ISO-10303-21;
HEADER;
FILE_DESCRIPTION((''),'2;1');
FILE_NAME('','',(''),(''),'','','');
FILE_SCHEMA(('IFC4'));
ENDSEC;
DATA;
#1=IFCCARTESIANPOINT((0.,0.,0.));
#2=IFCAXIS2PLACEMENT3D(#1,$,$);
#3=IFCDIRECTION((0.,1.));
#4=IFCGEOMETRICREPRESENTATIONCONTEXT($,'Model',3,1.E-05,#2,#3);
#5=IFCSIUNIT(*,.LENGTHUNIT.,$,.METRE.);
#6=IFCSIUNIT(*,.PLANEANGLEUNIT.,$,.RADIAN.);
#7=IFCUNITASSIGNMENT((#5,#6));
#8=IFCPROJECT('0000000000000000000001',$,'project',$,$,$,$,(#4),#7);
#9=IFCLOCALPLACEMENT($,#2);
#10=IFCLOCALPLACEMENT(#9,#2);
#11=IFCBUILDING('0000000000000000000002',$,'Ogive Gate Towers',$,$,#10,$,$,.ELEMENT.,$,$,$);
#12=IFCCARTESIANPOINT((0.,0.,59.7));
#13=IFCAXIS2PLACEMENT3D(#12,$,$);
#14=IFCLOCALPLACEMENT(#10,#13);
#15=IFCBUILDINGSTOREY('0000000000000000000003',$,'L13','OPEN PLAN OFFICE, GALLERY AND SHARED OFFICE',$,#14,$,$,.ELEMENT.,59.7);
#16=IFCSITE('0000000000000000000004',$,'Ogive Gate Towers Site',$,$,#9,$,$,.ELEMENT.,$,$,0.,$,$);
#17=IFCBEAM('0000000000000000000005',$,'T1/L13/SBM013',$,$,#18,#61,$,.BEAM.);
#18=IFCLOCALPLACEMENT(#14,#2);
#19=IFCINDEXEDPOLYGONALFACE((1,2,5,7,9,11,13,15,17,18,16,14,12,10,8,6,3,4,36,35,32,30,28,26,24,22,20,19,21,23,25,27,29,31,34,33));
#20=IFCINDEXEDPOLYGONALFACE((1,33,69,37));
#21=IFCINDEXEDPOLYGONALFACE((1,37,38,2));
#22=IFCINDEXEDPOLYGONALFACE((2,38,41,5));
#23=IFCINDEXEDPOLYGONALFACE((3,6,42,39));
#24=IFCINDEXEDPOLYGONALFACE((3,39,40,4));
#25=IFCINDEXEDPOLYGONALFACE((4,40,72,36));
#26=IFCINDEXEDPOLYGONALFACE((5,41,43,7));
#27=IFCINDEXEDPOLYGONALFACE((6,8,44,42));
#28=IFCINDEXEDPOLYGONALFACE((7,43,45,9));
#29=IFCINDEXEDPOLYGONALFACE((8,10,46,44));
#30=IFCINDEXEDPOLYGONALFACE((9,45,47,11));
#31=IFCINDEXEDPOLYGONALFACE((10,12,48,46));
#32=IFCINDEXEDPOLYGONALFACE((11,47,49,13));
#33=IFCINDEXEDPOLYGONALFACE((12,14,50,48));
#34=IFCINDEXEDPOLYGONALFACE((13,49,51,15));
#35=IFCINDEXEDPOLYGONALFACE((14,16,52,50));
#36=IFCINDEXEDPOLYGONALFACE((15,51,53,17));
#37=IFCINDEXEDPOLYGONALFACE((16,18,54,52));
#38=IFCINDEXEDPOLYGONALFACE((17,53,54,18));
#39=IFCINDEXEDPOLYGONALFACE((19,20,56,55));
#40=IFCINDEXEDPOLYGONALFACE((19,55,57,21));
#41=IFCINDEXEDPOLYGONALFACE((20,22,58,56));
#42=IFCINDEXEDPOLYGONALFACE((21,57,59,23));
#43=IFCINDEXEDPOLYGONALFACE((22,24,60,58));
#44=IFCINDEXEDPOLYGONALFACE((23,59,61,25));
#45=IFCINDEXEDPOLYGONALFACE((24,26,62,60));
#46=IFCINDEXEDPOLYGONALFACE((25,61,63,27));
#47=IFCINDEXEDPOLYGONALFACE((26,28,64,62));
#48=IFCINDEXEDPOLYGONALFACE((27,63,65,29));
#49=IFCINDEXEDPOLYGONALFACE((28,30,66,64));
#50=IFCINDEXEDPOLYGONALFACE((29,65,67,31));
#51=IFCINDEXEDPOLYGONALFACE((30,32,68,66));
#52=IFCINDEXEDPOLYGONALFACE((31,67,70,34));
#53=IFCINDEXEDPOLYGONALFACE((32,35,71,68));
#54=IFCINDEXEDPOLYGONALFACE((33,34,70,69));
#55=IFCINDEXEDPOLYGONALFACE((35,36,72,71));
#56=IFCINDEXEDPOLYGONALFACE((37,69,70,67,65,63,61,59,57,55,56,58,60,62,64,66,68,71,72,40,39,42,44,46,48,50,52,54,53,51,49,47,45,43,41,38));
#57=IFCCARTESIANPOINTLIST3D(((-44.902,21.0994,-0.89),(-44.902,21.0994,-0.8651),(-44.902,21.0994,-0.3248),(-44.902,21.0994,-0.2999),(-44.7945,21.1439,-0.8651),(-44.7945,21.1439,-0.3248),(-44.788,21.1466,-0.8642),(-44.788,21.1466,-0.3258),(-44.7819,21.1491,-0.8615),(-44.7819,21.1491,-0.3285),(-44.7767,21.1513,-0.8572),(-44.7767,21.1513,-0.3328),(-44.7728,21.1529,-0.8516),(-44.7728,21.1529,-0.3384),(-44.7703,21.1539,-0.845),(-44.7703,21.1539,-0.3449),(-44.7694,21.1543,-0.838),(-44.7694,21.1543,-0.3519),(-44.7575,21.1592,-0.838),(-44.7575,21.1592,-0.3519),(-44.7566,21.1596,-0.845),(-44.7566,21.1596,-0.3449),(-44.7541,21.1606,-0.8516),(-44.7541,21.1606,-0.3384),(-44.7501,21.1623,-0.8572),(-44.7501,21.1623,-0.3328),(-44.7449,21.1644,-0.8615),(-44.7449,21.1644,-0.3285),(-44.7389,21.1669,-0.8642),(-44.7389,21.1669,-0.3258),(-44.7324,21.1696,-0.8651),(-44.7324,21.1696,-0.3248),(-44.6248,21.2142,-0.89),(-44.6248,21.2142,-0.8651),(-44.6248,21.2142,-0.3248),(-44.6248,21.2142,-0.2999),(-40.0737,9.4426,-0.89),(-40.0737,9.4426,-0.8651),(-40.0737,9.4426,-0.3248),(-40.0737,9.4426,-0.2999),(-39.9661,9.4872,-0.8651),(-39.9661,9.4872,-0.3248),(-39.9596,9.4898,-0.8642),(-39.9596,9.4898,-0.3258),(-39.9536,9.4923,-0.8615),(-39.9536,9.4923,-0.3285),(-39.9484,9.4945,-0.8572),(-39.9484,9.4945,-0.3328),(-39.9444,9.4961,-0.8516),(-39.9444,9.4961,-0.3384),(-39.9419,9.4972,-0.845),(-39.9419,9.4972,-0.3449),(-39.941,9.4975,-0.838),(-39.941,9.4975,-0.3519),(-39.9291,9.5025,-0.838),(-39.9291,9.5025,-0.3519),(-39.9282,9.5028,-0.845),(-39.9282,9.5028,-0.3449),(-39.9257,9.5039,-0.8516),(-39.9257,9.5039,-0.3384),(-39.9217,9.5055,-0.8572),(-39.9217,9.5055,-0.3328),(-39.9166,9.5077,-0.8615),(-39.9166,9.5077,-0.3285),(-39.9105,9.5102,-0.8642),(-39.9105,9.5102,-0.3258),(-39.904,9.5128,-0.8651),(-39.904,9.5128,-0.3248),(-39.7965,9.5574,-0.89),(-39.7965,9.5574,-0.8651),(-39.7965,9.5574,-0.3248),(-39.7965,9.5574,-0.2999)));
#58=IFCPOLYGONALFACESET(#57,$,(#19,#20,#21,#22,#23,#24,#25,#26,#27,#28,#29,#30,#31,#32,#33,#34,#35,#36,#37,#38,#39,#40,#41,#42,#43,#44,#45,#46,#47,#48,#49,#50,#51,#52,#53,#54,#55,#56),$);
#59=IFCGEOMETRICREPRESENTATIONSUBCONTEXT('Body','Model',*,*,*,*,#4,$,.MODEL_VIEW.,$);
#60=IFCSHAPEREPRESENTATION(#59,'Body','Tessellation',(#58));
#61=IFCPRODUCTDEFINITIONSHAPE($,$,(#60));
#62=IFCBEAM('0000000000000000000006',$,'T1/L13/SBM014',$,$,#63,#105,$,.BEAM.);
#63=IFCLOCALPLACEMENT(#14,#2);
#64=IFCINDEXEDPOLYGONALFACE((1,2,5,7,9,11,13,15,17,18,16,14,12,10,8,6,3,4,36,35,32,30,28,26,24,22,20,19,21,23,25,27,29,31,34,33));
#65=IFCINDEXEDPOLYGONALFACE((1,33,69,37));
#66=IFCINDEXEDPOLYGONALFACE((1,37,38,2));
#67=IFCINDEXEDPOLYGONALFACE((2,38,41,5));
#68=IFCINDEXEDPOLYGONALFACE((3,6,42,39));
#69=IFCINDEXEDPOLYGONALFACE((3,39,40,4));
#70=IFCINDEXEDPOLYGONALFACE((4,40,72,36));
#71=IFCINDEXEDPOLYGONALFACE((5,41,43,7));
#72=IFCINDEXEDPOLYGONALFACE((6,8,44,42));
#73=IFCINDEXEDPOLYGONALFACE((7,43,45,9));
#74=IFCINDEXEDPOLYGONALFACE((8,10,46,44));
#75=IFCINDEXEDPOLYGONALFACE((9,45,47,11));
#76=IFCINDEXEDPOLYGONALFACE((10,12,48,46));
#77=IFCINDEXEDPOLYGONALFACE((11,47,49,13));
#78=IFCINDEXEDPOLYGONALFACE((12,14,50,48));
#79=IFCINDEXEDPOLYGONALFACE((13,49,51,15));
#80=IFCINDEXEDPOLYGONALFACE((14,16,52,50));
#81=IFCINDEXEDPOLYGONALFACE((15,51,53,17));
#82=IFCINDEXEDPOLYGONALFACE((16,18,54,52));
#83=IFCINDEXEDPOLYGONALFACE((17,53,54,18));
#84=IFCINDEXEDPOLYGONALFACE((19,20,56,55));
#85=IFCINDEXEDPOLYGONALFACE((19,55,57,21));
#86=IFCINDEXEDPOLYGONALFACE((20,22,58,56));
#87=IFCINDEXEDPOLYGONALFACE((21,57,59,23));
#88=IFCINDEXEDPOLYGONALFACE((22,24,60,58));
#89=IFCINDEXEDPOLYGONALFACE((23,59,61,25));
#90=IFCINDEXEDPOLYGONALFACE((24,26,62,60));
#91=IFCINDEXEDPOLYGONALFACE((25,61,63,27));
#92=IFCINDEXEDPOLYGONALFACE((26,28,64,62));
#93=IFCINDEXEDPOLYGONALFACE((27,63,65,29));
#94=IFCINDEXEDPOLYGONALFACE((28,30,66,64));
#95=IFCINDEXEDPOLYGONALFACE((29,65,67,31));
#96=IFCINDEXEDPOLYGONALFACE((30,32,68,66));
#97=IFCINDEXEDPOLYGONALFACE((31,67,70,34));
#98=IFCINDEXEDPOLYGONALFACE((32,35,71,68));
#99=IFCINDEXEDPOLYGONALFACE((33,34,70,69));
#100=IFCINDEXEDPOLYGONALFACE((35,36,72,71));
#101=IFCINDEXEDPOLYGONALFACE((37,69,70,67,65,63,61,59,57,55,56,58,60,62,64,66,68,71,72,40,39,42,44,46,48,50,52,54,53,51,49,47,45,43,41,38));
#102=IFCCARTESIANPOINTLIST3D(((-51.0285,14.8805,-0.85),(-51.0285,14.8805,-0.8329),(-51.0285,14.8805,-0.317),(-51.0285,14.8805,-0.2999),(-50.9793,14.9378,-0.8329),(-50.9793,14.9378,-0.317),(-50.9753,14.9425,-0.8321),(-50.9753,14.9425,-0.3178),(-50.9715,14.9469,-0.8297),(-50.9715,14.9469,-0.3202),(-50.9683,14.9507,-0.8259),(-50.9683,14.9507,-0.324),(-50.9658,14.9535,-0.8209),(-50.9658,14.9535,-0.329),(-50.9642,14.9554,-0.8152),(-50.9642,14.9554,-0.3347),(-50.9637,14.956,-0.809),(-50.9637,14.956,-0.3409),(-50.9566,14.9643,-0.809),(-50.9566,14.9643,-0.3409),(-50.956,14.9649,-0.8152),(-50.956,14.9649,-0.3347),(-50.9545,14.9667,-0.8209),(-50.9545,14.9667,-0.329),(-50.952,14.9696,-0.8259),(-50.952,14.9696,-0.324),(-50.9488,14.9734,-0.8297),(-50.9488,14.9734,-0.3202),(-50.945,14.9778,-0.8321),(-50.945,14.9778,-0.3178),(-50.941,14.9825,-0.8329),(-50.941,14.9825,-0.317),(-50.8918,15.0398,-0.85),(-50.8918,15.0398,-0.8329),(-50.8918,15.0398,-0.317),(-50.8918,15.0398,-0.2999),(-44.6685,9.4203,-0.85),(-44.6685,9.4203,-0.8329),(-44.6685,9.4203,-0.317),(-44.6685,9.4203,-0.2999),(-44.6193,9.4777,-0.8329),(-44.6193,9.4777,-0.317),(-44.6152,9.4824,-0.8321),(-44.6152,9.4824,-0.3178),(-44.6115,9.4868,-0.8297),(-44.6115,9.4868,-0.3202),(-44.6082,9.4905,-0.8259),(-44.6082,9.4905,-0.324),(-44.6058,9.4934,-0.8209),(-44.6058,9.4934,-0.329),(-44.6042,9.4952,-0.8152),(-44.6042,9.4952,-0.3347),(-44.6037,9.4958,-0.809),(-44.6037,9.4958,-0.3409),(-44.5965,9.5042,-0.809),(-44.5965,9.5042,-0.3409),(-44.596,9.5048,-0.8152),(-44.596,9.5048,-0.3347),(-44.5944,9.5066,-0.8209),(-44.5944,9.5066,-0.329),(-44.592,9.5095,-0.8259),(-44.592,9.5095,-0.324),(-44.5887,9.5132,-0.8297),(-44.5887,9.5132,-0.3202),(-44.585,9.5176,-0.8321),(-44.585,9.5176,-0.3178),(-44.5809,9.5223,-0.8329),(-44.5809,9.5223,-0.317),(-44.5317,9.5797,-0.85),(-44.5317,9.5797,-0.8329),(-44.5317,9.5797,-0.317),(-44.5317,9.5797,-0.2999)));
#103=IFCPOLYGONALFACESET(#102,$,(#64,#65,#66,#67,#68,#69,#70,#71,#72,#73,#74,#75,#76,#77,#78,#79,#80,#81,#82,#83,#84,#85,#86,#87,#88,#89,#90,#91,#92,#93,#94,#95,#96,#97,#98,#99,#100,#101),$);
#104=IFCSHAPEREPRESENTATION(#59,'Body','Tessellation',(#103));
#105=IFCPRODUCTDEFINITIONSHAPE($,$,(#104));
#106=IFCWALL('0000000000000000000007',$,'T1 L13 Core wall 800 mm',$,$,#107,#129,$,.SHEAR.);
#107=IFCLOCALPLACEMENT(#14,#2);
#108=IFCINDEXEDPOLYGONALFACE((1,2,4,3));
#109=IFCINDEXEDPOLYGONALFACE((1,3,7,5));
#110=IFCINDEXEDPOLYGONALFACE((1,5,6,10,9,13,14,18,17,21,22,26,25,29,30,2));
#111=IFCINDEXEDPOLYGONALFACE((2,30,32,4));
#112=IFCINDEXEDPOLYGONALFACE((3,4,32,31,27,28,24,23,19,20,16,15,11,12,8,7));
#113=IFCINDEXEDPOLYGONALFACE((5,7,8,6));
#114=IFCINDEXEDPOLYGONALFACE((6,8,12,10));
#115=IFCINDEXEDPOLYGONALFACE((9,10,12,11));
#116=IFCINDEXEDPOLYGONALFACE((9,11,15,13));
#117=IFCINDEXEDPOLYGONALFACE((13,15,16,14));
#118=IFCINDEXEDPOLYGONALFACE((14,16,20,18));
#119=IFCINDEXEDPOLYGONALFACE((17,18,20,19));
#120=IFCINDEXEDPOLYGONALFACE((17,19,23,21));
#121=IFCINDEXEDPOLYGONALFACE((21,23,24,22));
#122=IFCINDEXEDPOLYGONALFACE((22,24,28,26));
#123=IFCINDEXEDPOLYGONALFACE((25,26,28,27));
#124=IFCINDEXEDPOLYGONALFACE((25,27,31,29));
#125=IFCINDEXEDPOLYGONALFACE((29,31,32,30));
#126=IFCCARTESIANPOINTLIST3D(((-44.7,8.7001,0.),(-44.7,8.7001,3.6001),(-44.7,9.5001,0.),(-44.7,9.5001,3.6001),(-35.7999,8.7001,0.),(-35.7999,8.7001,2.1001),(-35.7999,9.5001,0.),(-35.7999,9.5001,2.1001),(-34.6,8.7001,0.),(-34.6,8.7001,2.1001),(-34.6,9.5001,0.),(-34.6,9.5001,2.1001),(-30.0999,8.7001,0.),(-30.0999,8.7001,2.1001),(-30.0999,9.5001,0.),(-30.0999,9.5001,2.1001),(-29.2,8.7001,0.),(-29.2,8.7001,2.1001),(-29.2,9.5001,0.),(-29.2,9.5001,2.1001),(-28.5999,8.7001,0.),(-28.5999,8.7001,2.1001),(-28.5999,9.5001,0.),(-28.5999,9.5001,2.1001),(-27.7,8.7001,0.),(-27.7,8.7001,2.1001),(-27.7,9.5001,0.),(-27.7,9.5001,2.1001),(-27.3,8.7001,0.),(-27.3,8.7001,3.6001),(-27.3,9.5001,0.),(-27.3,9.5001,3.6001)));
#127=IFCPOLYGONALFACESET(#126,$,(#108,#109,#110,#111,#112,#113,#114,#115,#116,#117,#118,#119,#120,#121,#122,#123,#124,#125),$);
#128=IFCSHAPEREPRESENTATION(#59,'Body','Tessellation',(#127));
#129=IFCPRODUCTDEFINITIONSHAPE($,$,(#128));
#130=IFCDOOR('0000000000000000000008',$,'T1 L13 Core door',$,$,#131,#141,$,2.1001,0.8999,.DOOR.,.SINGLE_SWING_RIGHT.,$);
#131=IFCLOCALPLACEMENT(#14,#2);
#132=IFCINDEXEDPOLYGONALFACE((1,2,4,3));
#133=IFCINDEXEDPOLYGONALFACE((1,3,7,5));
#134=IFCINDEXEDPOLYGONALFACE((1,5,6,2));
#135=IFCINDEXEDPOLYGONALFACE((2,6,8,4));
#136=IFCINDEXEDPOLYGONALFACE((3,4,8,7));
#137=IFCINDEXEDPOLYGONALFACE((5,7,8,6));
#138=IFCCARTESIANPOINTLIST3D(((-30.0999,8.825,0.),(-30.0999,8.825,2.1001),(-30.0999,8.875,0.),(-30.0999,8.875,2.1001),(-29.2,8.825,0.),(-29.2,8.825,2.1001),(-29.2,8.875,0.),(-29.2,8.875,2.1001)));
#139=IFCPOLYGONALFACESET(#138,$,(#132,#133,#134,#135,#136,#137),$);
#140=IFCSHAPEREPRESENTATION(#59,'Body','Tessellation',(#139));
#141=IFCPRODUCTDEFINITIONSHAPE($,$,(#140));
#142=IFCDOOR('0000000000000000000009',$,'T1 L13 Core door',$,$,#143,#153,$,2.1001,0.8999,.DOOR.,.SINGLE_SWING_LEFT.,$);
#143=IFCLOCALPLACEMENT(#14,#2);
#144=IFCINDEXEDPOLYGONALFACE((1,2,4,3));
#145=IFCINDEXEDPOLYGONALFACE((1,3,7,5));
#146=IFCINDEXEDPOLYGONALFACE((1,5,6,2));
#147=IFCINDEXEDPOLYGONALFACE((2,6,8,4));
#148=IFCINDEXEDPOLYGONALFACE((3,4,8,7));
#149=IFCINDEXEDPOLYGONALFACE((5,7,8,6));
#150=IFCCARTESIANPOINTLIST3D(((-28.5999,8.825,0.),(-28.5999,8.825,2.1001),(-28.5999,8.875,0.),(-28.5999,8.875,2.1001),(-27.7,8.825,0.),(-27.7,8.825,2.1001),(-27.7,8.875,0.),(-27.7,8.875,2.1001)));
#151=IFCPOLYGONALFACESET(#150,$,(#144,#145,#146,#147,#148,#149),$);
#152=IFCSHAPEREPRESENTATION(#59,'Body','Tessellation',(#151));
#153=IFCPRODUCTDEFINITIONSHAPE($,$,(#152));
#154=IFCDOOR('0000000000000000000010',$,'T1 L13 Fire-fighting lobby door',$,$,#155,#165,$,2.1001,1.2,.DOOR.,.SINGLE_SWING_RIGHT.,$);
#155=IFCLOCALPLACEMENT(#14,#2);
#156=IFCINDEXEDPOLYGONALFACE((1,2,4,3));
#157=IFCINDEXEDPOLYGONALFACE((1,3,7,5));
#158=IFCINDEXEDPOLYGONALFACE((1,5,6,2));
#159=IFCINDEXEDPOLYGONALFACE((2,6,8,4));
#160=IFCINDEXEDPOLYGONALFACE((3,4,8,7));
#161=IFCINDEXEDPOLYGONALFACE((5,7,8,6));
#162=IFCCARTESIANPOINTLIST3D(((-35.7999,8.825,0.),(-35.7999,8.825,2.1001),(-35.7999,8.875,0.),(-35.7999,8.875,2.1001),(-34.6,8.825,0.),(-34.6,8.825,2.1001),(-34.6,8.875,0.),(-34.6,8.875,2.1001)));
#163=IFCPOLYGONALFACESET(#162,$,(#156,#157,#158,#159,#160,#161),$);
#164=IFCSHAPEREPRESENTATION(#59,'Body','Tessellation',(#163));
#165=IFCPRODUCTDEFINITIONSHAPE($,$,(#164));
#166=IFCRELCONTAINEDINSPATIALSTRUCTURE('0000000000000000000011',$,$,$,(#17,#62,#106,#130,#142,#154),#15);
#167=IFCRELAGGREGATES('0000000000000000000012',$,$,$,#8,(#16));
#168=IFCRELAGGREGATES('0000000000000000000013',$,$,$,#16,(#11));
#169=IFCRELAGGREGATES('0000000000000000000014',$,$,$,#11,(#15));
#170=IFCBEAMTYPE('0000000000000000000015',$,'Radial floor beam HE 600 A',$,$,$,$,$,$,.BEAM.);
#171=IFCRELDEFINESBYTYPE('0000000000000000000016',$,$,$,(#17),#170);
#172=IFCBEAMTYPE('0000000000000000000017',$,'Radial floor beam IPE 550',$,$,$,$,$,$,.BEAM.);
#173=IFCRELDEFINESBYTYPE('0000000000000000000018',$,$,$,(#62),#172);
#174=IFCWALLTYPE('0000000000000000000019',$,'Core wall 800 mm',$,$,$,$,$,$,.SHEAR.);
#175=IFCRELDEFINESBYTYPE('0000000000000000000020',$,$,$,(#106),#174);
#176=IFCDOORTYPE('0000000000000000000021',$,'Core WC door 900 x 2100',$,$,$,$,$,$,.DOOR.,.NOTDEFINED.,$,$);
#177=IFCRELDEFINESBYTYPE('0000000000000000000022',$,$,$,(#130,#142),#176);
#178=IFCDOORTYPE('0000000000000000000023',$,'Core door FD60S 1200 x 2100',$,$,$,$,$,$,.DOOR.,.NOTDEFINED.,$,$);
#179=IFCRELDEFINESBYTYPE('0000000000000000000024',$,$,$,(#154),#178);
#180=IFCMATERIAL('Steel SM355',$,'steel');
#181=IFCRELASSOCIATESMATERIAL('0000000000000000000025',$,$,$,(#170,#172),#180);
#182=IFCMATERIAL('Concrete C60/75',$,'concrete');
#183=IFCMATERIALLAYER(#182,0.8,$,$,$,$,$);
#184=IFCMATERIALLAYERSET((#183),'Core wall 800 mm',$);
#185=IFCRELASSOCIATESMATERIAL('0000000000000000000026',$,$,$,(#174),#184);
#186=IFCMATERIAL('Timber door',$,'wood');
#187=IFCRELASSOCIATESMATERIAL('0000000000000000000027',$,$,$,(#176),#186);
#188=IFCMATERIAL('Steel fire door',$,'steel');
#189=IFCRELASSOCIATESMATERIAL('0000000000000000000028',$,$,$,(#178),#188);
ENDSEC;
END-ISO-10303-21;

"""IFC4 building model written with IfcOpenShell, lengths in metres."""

from ifc_helpers import new_model, si_unit, direction, frame, frame_2d, origin, origin_2d, place, context, subcontext, project, spatial, rectangle, i_section, extrude, material, layer, layer_set, material_profile, profile_set, type_object, element, fill, save


model = new_model("IFC4")

# Units and contexts
model_context = context("Model", 3, precision=1e-05, world=origin(), true_north=direction((0.0, 1.0)))
body_context = subcontext(model_context, "Body", "Model", "MODEL_VIEW")
ifc_project = project(units=[si_unit("LENGTHUNIT", "METRE"), si_unit("PLANEANGLEUNIT", "RADIAN")], contexts=[model_context])

# Site, building, storey
site_placement = place(None, origin())
site = spatial("IfcSite", under=ifc_project, at=site_placement, Name="Ogive Gate Towers Site", CompositionType="ELEMENT", RefElevation=0.0)
building_placement = place(site_placement, origin())
building = spatial("IfcBuilding", under=site, at=building_placement, Name="Ogive Gate Towers", CompositionType="ELEMENT")
storey_placement = place(building_placement, frame((0.0, 0.0, 59.7)))
storey = spatial("IfcBuildingStorey", under=building, at=storey_placement, Name="L13", Description="OPEN PLAN OFFICE, GALLERY AND SHARED OFFICE", CompositionType="ELEMENT", Elevation=59.7)

# Beams
ifc_material_1 = material(Name="Steel SM355", Category="steel")
ifc_material_profile_1 = material_profile(ifc_material_1, i_section(OverallWidth=0.3, OverallDepth=0.5901, WebThickness=0.0129, FlangeThickness=0.0249, FilletRadius=0.0271, at=origin_2d()), Name="HE 600 A")
ifc_profile_set_1 = profile_set([ifc_material_profile_1], Name="Steel SM355")
beam_type_1 = type_object("IfcBeamType", Name="Radial floor beam HE 600 A", PredefinedType="BEAM", material=ifc_profile_set_1)
beam_1_placement = place(storey_placement, frame((-39.9351, 9.5, -0.595), z_axis=(-0.382683, 0.92388, 0.0), x_axis=(-0.92388, -0.382683, 0.0)))
element("IfcBeam", 1, at=beam_1_placement, inside=storey, type_object=beam_type_1, Name="T1/L13/SBM013", PredefinedType="BEAM", context=body_context, shape_type="SweptSolid", body=[
    extrude(i_section(OverallWidth=0.3, OverallDepth=0.5901, WebThickness=0.0129, FlangeThickness=0.0249, FilletRadius=0.0271, at=origin_2d()), origin(), (0.0, 0.0, 1.0), 12.6172),
])
ifc_material_profile_2 = material_profile(ifc_material_1, i_section(OverallWidth=0.21, OverallDepth=0.55, WebThickness=0.011, FlangeThickness=0.0171, FilletRadius=0.0239, at=origin_2d()), Name="IPE 550")
ifc_profile_set_2 = profile_set([ifc_material_profile_2], Name="Steel SM355")
beam_type_2 = type_object("IfcBeamType", Name="Radial floor beam IPE 550", PredefinedType="BEAM", material=ifc_profile_set_2)
beam_2_placement = place(storey_placement, frame((-44.6001, 9.5, -0.575), z_axis=(-0.758744, 0.651388, 0.0), x_axis=(-0.651388, -0.758744, 0.0)))
element("IfcBeam", 2, at=beam_2_placement, inside=storey, type_object=beam_type_2, Name="T1/L13/SBM014", PredefinedType="BEAM", context=body_context, shape_type="SweptSolid", body=[
    extrude(i_section(OverallWidth=0.21, OverallDepth=0.55, WebThickness=0.011, FlangeThickness=0.0171, FilletRadius=0.0239, at=origin_2d()), origin(), (0.0, 0.0, 1.0), 8.3823),
])

# Wall, openings, doors
ifc_material_2 = material(Name="Concrete C60/75", Category="concrete")
ifc_layer_1 = layer(ifc_material_2, 0.8)
ifc_layer_set_1 = layer_set([ifc_layer_1], Name="Core wall 800 mm")
wall_type_1 = type_object("IfcWallType", Name="Core wall 800 mm", PredefinedType="SHEAR", material=ifc_layer_set_1)
wall_1_placement = place(storey_placement, frame((-44.7, 9.1001, 0.0), z_axis=(0.0, 0.0, 1.0), x_axis=(1.0, 0.0, 0.0)))
wall_1 = element("IfcWall", 3, at=wall_1_placement, inside=storey, type_object=wall_type_1, Name="T1 L13 Core wall 800 mm", PredefinedType="SHEAR", context=body_context, shape_type="SweptSolid", body=[
    extrude(rectangle(XDim=17.3999, YDim=0.8, at=frame_2d((8.7, 0.0))), origin(), (0.0, 0.0, 1.0), 3.6001),
])
opening_1_placement = place(wall_1_placement, frame((8.8999, 0.0, 0.0)))
opening_1 = element("IfcOpeningElement", 4, at=opening_1_placement, cuts=wall_1, PredefinedType="OPENING", context=body_context, shape_type="SweptSolid", body=[
    extrude(rectangle(XDim=1.2, YDim=2.1001, at=frame_2d((0.6001, 1.05))), frame((0.0, 0.4102, 0.0), z_axis=(0.0, -1.0, 0.0), x_axis=(1.0, 0.0, 0.0)), (0.0, 0.0, 1.0), 0.8201),
])
opening_2_placement = place(wall_1_placement, frame((14.6001, 0.0, 0.0)))
opening_2 = element("IfcOpeningElement", 5, at=opening_2_placement, cuts=wall_1, PredefinedType="OPENING", context=body_context, shape_type="SweptSolid", body=[
    extrude(rectangle(XDim=0.8999, YDim=2.1001, at=frame_2d((0.45, 1.05))), frame((0.0, 0.4102, 0.0), z_axis=(0.0, -1.0, 0.0), x_axis=(1.0, 0.0, 0.0)), (0.0, 0.0, 1.0), 0.8201),
])
opening_3_placement = place(wall_1_placement, frame((16.1001, 0.0, 0.0)))
opening_3 = element("IfcOpeningElement", 6, at=opening_3_placement, cuts=wall_1, PredefinedType="OPENING", context=body_context, shape_type="SweptSolid", body=[
    extrude(rectangle(XDim=0.8999, YDim=2.1001, at=frame_2d((0.45, 1.05))), frame((0.0, 0.4102, 0.0), z_axis=(0.0, -1.0, 0.0), x_axis=(1.0, 0.0, 0.0)), (0.0, 0.0, 1.0), 0.8201),
])
ifc_material_3 = material(Name="Timber door", Category="wood")
door_type_1 = type_object("IfcDoorType", Name="Core WC door 900 x 2100", OperationType="NOTDEFINED", PredefinedType="DOOR", material=ifc_material_3)
door_1_placement = place(opening_2_placement, origin())
door_1 = element("IfcDoor", 7, at=door_1_placement, inside=storey, type_object=door_type_1, Name="T1 L13 Core door", OperationType="SINGLE_SWING_RIGHT", OverallHeight=2.1001, OverallWidth=0.8999, PredefinedType="DOOR", context=body_context, shape_type="SweptSolid", body=[
    extrude(rectangle(XDim=0.8999, YDim=2.1001, at=frame_2d((0.45, 1.05))), frame((0.0, -0.2251, 0.0), z_axis=(0.0, -1.0, 0.0), x_axis=(1.0, 0.0, 0.0)), (0.0, 0.0, 1.0), 0.05),
])
fill(opening_2, door_1)
door_2_placement = place(opening_3_placement, origin())
door_2 = element("IfcDoor", 8, at=door_2_placement, inside=storey, type_object=door_type_1, Name="T1 L13 Core door", OperationType="SINGLE_SWING_LEFT", OverallHeight=2.1001, OverallWidth=0.8999, PredefinedType="DOOR", context=body_context, shape_type="SweptSolid", body=[
    extrude(rectangle(XDim=0.8999, YDim=2.1001, at=frame_2d((0.45, 1.05))), frame((0.0, -0.2251, 0.0), z_axis=(0.0, -1.0, 0.0), x_axis=(1.0, 0.0, 0.0)), (0.0, 0.0, 1.0), 0.05),
])
fill(opening_3, door_2)
ifc_material_4 = material(Name="Steel fire door", Category="steel")
door_type_2 = type_object("IfcDoorType", Name="Core door FD60S 1200 x 2100", OperationType="NOTDEFINED", PredefinedType="DOOR", material=ifc_material_4)
door_3_placement = place(opening_1_placement, origin())
door_3 = element("IfcDoor", 9, at=door_3_placement, inside=storey, type_object=door_type_2, Name="T1 L13 Fire-fighting lobby door", OperationType="SINGLE_SWING_RIGHT", OverallHeight=2.1001, OverallWidth=1.2, PredefinedType="DOOR", context=body_context, shape_type="SweptSolid", body=[
    extrude(rectangle(XDim=1.2, YDim=2.1001, at=frame_2d((0.6001, 1.05))), frame((0.0, -0.2251, 0.0), z_axis=(0.0, -1.0, 0.0), x_axis=(1.0, 0.0, 0.0)), (0.0, 0.0, 1.0), 0.05),
])
fill(opening_1, door_3)

save(model, "model.ifc")
